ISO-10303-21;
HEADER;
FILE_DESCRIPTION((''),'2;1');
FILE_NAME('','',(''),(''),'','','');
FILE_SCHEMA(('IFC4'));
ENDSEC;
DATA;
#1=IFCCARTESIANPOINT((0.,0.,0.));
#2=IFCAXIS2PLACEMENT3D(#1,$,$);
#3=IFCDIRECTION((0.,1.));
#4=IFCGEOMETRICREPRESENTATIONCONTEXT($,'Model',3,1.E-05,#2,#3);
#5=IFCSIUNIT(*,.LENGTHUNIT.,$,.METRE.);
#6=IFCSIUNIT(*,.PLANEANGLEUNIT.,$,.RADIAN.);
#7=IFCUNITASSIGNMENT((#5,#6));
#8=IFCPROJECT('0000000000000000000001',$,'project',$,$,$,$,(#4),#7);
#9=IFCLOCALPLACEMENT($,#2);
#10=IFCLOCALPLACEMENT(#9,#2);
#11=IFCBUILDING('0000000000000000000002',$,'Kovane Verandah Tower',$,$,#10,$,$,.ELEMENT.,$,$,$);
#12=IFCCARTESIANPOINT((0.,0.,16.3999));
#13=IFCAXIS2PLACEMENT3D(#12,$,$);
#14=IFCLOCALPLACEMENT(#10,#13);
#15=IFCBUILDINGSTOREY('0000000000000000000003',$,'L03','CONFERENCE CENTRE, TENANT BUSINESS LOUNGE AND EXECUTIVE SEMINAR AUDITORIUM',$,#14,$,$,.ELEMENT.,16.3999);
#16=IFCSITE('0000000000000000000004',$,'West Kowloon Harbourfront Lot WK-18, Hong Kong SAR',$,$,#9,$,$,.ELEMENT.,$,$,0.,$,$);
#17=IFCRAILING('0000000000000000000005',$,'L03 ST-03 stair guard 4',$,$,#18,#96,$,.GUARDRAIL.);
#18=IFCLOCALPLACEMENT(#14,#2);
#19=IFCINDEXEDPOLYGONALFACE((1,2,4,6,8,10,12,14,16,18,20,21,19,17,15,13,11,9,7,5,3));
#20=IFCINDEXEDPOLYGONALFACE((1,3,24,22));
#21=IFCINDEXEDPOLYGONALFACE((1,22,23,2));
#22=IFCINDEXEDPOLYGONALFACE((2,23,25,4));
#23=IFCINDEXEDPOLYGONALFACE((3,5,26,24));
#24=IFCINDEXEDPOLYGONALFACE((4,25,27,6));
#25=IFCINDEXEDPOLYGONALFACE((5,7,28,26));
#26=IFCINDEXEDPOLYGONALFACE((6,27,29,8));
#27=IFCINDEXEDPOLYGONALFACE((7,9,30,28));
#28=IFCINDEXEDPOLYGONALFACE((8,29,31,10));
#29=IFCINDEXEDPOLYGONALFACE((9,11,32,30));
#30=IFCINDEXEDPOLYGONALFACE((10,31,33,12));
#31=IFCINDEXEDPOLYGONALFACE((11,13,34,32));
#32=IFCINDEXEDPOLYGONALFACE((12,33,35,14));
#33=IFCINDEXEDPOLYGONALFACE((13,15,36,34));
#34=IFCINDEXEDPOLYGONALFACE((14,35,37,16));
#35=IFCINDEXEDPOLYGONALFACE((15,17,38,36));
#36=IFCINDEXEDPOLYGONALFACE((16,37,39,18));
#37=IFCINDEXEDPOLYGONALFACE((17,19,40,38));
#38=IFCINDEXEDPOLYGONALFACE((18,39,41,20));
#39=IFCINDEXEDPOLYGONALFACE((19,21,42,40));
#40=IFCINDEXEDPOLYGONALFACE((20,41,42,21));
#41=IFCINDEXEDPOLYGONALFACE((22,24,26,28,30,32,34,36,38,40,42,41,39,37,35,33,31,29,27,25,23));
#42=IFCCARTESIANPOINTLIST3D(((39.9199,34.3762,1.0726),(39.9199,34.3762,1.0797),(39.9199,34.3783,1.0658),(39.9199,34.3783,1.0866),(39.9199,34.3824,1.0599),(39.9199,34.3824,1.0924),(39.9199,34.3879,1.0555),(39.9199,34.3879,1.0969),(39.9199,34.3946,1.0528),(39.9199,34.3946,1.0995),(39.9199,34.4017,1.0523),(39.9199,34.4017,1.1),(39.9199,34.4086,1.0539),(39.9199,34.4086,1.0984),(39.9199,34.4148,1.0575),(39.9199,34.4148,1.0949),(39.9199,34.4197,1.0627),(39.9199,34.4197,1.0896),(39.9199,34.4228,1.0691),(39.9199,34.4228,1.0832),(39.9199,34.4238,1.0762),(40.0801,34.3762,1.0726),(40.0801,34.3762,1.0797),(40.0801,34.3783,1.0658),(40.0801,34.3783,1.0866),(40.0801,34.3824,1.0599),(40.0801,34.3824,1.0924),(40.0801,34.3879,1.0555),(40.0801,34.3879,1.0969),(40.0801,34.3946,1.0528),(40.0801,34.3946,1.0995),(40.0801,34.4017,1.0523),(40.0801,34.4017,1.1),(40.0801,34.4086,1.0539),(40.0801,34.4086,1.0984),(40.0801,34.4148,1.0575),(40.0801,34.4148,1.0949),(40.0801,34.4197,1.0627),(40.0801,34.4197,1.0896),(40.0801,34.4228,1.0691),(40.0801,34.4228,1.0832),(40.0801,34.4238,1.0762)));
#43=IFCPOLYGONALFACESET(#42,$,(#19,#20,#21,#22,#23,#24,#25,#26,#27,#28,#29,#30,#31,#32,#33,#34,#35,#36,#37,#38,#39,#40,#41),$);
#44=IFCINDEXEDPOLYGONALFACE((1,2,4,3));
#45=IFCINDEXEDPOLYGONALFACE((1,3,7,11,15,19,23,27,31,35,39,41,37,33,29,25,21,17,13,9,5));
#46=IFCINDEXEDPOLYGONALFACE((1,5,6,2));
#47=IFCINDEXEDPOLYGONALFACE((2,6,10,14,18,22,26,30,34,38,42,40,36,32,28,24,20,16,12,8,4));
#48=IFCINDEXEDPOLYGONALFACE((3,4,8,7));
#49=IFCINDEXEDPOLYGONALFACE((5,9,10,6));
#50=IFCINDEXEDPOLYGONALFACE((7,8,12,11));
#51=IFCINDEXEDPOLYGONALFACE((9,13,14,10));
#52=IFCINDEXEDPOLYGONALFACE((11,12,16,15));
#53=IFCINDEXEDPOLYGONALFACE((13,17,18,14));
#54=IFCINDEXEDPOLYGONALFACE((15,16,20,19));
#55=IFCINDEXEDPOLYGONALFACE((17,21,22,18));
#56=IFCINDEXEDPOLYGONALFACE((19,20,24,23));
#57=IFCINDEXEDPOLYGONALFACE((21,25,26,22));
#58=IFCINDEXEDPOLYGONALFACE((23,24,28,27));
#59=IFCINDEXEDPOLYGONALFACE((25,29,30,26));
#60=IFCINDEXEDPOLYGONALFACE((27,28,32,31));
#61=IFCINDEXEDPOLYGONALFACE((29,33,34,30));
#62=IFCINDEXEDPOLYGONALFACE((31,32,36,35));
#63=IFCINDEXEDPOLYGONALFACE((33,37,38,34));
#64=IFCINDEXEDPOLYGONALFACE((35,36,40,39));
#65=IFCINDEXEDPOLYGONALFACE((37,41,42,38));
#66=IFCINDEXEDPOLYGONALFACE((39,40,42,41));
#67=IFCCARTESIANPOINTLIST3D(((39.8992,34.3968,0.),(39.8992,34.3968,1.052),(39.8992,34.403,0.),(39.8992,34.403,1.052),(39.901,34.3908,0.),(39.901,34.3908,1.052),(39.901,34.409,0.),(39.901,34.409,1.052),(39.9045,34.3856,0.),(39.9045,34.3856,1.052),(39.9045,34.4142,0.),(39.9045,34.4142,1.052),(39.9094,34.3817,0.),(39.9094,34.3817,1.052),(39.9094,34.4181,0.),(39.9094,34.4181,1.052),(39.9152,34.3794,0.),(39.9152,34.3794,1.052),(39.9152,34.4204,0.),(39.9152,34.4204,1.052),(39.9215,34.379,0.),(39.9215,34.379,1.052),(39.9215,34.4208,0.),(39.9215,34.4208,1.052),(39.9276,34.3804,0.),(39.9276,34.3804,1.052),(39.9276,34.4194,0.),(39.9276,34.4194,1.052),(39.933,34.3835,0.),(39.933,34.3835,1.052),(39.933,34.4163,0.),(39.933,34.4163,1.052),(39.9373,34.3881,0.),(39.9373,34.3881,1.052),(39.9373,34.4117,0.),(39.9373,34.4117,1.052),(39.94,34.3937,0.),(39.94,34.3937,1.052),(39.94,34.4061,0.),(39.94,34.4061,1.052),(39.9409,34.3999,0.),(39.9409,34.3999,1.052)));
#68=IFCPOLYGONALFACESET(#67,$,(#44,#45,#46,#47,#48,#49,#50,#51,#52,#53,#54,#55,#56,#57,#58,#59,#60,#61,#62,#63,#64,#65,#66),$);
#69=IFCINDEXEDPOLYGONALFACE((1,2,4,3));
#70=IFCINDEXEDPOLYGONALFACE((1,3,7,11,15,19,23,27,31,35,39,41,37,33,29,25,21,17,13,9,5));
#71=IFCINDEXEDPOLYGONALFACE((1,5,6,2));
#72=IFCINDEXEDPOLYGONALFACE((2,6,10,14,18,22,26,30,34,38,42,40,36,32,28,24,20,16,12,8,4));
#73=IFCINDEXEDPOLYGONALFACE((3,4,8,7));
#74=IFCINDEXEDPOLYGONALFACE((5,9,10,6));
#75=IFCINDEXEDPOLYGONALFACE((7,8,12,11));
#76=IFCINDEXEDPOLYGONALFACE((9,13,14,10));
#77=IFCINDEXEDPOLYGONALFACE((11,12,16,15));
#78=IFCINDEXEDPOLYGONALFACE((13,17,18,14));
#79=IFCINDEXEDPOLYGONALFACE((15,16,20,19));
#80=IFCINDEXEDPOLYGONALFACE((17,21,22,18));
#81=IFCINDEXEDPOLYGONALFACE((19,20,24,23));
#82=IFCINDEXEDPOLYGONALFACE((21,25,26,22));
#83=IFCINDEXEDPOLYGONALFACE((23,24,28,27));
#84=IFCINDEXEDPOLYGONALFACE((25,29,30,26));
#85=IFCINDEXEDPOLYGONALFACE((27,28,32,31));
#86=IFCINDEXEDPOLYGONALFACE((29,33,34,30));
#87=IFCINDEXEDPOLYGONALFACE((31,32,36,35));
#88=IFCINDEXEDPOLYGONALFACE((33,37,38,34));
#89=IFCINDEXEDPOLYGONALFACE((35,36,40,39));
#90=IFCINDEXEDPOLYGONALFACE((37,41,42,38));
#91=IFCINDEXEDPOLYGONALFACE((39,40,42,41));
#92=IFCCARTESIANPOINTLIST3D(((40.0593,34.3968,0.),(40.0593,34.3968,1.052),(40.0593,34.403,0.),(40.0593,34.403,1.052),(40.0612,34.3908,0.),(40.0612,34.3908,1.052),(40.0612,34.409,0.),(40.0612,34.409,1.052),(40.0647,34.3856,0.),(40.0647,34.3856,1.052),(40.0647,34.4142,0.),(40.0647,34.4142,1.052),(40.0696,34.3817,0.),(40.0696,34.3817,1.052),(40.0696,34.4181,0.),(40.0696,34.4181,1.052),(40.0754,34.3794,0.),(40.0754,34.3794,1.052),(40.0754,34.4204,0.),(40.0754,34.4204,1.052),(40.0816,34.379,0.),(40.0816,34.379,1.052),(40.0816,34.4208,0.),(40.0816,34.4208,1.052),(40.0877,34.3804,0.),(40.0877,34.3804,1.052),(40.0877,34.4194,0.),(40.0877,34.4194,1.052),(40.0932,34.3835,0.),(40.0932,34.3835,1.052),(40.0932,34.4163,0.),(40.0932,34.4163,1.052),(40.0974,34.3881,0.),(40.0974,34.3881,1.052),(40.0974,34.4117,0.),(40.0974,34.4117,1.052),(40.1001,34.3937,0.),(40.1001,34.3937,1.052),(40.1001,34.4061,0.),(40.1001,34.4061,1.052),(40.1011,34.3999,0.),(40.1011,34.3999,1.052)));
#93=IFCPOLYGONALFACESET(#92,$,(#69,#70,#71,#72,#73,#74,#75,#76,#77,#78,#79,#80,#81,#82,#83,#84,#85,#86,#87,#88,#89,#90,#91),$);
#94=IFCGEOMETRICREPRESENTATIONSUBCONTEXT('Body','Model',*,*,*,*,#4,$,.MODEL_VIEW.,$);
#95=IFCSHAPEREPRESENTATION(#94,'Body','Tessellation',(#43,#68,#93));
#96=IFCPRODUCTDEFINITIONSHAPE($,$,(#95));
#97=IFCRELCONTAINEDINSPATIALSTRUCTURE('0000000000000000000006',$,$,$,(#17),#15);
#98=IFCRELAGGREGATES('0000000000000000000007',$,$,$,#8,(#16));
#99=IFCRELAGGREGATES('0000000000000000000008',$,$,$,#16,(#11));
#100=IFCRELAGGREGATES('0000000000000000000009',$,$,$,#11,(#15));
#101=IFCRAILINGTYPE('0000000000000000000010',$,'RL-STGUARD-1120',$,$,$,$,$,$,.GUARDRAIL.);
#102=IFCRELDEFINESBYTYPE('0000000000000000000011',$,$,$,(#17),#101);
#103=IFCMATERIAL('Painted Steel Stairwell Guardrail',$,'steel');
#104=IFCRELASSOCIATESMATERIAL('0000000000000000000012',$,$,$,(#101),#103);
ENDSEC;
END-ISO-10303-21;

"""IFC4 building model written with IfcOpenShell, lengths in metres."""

from ifc_helpers import new_model, si_unit, direction, frame, origin, origin_2d, place, context, subcontext, project, spatial, circle, extrude, material, type_object, element, save


model = new_model("IFC4")

# Units and contexts
model_context = context("Model", 3, precision=1e-05, world=origin(), true_north=direction((0.0, 1.0)))
body_context = subcontext(model_context, "Body", "Model", "MODEL_VIEW")
ifc_project = project(units=[si_unit("LENGTHUNIT", "METRE"), si_unit("PLANEANGLEUNIT", "RADIAN")], contexts=[model_context])

# Site, building, storey
site_placement = place(None, origin())
site = spatial("IfcSite", under=ifc_project, at=site_placement, Name="West Kowloon Harbourfront Lot WK-18, Hong Kong SAR", CompositionType="ELEMENT", RefElevation=0.0)
building_placement = place(site_placement, origin())
building = spatial("IfcBuilding", under=site, at=building_placement, Name="Kovane Verandah Tower", CompositionType="ELEMENT")
storey_placement = place(building_placement, frame((0.0, 0.0, 16.3999)))
storey = spatial("IfcBuildingStorey", under=building, at=storey_placement, Name="L03", Description="CONFERENCE CENTRE, TENANT BUSINESS LOUNGE AND EXECUTIVE SEMINAR AUDITORIUM", CompositionType="ELEMENT", Elevation=16.3999)

# Railing
ifc_material_1 = material(Name="Painted Steel Stairwell Guardrail", Category="steel")
railing_type_1 = type_object("IfcRailingType", Name="RL-STGUARD-1120", PredefinedType="GUARDRAIL", material=ifc_material_1)
railing_1_placement = place(storey_placement, frame((39.9199, 34.3999, 0.0)))
element("IfcRailing", 1, at=railing_1_placement, inside=storey, type_object=railing_type_1, Name="L03 ST-03 stair guard 4", PredefinedType="GUARDRAIL", context=body_context, shape_type="SweptSolid", body=[
    extrude(circle(Radius=0.0239, at=origin_2d()), frame((0.0, 0.0, 1.0762), z_axis=(1.0, 0.0, 0.0), x_axis=(0.0, 1.0, 0.0)), (0.0, 0.0, 1.0), 0.1602),
    extrude(circle(Radius=0.021, at=origin_2d()), origin(), (0.0, 0.0, 1.0), 1.052),
    extrude(circle(Radius=0.021, at=origin_2d()), frame((0.1602, 0.0, 0.0)), (0.0, 0.0, 1.0), 1.052),
])

save(model, "model.ifc")
